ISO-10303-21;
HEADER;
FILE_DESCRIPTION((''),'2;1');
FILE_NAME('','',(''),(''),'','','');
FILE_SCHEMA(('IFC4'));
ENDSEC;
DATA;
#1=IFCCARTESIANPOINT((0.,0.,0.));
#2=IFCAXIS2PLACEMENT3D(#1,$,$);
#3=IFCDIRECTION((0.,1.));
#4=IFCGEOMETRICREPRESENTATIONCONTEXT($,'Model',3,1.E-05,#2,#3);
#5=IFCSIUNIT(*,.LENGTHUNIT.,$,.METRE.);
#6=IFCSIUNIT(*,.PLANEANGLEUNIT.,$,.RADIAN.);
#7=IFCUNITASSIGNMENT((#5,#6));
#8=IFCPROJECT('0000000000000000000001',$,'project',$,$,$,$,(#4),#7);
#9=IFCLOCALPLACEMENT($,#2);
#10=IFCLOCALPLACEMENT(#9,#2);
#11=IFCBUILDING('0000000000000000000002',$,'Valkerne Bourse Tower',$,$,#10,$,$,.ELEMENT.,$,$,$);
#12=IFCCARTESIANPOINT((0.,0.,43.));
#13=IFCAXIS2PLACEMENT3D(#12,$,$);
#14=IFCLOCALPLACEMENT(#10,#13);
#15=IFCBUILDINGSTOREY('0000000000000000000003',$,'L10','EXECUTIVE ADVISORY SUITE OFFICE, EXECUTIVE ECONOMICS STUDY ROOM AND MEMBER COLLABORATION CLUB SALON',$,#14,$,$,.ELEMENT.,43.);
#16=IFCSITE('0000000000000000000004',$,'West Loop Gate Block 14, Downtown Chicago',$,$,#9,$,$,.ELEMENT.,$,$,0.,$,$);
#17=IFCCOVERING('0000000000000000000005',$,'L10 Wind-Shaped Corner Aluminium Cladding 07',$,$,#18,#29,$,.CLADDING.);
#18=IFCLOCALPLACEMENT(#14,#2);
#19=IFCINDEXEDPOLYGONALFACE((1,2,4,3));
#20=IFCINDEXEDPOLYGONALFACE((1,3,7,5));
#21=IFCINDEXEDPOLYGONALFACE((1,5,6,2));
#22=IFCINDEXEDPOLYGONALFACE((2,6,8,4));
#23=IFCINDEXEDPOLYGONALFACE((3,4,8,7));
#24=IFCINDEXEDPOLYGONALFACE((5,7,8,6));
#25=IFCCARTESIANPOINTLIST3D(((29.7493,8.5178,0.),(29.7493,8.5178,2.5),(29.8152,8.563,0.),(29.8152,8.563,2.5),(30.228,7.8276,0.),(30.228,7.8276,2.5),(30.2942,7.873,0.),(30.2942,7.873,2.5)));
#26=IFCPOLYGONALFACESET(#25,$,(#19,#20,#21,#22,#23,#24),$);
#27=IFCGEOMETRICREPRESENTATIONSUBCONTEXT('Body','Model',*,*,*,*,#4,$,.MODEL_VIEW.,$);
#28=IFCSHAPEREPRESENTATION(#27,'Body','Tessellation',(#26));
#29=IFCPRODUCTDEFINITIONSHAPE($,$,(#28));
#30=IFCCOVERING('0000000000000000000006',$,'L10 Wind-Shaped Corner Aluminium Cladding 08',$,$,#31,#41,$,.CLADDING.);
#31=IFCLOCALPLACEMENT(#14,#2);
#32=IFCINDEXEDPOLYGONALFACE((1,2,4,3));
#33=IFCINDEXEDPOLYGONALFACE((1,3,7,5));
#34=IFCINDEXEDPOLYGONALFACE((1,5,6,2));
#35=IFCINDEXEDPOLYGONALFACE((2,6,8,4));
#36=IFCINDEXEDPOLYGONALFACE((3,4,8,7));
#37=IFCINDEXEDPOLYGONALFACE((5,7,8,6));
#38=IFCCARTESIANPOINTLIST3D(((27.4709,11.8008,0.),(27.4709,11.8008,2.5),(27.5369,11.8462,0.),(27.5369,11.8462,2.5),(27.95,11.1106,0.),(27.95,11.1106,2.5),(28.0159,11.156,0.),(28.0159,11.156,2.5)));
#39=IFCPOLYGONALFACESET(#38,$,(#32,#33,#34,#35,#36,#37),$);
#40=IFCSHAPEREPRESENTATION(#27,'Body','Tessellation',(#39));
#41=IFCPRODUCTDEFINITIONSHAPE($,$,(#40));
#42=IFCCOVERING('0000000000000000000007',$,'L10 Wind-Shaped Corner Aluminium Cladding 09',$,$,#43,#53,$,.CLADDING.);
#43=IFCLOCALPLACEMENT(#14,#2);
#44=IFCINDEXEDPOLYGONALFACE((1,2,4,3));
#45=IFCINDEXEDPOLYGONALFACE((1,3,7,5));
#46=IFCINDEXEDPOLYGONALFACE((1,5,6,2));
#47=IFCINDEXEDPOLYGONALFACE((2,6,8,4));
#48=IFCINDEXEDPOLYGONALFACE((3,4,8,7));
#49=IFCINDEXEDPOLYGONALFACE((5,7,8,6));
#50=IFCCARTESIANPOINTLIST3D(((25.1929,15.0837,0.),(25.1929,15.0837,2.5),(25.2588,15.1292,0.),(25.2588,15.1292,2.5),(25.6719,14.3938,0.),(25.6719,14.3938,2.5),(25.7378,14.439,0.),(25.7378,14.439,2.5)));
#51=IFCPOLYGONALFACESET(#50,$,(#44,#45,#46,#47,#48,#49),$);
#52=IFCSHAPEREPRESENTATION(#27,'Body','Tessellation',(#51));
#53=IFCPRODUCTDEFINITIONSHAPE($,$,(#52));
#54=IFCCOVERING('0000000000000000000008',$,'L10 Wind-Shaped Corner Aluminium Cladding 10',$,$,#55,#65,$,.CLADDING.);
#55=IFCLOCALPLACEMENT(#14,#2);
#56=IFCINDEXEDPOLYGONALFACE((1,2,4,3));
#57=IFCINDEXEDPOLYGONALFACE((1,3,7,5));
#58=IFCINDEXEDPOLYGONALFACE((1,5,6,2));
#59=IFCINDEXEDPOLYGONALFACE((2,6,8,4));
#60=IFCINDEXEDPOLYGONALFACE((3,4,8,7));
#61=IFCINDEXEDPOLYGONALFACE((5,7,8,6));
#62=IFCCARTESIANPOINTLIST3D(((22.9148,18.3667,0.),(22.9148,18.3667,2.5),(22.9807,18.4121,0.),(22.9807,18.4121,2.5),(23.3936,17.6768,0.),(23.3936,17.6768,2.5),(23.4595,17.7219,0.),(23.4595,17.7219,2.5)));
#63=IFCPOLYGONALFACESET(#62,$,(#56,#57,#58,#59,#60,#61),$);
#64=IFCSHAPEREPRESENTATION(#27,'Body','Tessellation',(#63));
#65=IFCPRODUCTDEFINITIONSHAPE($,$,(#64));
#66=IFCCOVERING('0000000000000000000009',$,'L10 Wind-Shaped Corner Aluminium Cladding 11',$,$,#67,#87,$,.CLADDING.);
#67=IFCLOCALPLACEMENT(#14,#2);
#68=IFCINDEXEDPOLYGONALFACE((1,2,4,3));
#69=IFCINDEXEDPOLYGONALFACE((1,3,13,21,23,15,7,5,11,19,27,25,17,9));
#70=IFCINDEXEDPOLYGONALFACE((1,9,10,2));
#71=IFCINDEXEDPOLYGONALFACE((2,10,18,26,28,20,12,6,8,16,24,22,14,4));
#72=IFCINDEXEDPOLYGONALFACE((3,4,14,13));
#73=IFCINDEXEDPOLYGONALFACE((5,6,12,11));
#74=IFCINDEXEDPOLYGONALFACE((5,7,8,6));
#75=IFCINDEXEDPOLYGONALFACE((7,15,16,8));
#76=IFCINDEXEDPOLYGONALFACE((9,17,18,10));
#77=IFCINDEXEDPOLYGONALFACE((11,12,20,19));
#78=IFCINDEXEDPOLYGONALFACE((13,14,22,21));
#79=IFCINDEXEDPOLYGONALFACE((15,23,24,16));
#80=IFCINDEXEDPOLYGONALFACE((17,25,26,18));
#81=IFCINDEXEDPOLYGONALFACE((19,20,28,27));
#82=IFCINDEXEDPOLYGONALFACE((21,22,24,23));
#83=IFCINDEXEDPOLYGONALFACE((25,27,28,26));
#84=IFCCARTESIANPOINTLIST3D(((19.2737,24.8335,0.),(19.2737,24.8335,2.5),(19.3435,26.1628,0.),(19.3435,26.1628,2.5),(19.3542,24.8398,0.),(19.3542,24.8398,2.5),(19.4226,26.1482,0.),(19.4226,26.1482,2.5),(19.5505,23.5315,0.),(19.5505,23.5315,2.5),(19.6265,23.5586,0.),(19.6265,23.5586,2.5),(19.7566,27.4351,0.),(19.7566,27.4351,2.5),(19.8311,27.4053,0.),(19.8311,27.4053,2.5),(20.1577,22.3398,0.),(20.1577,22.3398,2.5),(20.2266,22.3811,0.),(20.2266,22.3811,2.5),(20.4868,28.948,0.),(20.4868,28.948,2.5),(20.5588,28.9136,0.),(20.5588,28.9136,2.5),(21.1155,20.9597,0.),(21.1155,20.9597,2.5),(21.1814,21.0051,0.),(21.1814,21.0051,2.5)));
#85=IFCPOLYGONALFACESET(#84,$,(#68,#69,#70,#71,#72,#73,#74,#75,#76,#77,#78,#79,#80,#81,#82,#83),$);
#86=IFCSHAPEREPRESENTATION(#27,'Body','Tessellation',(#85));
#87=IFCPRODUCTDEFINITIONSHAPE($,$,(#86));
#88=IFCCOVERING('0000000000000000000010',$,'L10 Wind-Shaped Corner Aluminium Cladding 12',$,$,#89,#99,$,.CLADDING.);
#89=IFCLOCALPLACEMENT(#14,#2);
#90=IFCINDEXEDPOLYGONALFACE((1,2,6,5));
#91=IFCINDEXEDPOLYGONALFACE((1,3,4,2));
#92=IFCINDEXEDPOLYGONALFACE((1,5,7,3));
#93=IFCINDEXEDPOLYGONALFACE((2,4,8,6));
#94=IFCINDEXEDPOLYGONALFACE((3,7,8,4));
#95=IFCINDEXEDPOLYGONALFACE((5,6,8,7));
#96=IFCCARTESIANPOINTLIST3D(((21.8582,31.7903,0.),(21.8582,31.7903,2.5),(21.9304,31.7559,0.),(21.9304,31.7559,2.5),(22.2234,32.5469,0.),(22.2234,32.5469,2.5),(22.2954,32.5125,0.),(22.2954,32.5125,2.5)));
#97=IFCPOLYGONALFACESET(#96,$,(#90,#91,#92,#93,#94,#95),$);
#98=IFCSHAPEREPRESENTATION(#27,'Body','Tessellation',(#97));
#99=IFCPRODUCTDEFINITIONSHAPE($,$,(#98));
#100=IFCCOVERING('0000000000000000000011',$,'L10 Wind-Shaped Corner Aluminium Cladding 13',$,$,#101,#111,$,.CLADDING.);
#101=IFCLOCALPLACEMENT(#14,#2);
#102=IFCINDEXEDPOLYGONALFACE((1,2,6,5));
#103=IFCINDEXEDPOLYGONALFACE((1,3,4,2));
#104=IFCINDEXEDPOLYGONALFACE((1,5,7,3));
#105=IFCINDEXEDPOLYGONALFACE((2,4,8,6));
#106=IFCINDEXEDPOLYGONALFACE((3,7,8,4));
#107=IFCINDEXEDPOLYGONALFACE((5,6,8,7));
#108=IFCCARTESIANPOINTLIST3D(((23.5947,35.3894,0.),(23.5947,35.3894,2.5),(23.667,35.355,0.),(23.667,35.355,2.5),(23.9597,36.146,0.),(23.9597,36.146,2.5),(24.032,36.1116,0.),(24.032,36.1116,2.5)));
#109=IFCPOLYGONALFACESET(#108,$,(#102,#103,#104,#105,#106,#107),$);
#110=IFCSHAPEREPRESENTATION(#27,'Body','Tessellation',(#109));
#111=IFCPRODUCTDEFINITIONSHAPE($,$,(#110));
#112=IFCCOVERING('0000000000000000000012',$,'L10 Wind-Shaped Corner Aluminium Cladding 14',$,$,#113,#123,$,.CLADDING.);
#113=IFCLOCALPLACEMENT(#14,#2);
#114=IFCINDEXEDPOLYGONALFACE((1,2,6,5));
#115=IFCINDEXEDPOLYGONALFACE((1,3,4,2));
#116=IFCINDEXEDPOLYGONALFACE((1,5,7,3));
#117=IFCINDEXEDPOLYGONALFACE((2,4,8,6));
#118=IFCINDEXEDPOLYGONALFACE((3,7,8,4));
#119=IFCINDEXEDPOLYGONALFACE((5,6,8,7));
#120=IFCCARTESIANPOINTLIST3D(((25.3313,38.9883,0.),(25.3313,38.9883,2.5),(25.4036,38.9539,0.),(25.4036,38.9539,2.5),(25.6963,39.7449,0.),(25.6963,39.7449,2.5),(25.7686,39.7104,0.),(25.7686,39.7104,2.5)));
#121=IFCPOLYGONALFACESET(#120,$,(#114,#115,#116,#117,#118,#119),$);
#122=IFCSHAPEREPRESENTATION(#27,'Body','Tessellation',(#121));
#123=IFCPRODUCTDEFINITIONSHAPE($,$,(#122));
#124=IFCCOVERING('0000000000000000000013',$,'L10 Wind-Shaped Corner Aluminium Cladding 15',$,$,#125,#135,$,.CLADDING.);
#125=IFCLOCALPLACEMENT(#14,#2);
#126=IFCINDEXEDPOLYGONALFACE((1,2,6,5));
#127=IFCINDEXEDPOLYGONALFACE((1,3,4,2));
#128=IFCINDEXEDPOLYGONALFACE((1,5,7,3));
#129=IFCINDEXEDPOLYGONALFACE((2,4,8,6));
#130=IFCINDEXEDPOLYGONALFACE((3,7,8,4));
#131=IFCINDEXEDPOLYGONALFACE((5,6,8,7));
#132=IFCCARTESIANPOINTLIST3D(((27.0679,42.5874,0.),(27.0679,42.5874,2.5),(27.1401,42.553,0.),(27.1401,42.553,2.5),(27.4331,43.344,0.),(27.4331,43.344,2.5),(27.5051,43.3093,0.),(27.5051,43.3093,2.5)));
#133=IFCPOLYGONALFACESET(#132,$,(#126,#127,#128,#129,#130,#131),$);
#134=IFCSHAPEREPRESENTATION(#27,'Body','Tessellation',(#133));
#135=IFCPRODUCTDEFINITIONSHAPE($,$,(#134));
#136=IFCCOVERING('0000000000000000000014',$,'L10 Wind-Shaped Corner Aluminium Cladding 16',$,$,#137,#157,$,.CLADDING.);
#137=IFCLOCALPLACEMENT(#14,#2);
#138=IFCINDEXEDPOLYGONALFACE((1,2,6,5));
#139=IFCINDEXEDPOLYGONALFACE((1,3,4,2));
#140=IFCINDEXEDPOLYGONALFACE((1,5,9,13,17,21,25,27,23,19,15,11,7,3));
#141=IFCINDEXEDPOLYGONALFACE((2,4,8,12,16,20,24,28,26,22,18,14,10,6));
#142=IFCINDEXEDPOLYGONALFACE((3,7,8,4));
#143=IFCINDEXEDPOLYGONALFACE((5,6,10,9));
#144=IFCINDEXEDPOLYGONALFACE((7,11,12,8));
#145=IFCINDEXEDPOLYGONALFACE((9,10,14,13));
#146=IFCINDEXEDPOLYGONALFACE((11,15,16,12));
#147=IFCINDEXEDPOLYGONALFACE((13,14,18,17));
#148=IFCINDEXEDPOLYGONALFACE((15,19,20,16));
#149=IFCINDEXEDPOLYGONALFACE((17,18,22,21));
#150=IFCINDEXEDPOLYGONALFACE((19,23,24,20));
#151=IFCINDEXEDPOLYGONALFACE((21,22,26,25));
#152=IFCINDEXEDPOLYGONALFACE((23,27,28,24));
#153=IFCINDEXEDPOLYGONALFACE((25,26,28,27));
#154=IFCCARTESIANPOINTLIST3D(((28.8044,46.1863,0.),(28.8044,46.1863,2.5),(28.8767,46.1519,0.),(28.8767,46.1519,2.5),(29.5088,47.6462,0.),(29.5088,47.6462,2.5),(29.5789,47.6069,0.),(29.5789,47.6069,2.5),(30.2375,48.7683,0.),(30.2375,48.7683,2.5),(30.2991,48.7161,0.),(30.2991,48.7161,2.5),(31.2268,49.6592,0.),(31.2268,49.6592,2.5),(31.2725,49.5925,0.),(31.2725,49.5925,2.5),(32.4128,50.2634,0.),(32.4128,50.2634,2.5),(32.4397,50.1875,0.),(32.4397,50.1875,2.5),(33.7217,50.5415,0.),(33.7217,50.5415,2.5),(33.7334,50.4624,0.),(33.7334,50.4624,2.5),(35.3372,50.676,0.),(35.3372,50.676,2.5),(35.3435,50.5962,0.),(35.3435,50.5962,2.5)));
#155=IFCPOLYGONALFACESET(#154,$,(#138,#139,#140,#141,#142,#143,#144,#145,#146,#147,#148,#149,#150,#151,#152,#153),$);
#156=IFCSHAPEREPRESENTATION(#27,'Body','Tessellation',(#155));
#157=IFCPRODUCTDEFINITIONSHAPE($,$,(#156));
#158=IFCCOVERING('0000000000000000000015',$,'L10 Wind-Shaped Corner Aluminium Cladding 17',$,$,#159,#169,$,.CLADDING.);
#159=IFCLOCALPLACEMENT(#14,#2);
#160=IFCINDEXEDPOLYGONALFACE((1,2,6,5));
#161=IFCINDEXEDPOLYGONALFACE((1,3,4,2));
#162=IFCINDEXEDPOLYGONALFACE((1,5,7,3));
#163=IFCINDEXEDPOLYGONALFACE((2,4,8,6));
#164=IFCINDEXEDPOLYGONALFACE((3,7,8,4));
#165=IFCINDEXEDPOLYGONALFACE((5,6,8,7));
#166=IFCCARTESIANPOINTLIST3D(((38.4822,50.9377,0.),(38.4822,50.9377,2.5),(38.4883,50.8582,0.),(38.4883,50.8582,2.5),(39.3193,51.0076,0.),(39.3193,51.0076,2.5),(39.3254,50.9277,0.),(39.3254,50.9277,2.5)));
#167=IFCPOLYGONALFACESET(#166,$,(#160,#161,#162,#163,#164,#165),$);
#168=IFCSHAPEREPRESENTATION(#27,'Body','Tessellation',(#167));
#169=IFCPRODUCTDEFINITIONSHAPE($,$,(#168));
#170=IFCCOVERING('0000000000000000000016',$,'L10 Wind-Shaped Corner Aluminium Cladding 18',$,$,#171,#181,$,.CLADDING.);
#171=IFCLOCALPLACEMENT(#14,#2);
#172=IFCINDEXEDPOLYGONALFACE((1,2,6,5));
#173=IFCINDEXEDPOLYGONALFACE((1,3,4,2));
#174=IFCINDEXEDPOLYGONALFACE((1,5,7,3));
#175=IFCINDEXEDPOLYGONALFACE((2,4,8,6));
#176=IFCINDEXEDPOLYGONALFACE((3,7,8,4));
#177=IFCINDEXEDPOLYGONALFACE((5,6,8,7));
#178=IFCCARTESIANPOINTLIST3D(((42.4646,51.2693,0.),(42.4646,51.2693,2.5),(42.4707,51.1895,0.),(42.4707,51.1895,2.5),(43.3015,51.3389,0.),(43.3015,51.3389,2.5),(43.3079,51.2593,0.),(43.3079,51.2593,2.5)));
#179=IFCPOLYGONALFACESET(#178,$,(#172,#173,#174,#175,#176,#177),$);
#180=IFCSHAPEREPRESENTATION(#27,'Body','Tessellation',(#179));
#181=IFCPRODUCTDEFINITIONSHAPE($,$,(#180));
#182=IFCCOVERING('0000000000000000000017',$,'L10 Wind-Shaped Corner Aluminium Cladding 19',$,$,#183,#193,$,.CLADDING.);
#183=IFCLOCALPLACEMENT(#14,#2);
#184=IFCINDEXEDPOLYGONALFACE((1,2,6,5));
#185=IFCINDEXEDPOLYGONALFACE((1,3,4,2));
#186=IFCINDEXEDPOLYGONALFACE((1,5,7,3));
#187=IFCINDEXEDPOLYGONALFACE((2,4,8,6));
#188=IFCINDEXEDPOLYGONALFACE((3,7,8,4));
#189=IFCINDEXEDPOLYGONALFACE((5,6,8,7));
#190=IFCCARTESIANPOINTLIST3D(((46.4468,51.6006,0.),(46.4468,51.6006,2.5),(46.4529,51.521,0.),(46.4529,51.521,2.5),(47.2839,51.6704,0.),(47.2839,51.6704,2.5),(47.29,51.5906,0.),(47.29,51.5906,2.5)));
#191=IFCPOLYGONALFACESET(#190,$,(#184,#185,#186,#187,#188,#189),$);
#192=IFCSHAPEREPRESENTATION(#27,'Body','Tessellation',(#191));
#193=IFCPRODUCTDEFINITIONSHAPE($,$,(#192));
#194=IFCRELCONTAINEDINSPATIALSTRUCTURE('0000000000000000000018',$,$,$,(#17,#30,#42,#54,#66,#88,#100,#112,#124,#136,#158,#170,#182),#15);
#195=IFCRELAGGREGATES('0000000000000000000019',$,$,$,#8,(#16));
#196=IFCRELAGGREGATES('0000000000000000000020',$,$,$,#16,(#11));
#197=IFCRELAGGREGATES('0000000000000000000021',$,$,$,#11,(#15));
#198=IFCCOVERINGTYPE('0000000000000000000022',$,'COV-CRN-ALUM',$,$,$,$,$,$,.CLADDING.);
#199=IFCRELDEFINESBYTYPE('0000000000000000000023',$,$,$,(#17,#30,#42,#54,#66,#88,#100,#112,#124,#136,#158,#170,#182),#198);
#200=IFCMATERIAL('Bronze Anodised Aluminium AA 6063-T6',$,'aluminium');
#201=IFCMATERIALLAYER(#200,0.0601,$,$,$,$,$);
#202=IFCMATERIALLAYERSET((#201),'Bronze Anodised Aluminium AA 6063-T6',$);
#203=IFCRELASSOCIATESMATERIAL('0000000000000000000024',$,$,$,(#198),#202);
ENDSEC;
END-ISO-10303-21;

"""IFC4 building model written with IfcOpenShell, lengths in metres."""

from ifc_helpers import new_model, si_unit, direction, frame, origin, place, context, subcontext, project, spatial, polyline, outline, extrude, material, layer, layer_set, type_object, element, save


model = new_model("IFC4")

# Units and contexts
model_context = context("Model", 3, precision=1e-05, world=origin(), true_north=direction((0.0, 1.0)))
body_context = subcontext(model_context, "Body", "Model", "MODEL_VIEW")
ifc_project = project(units=[si_unit("LENGTHUNIT", "METRE"), si_unit("PLANEANGLEUNIT", "RADIAN")], contexts=[model_context])

# Site, building, storey
site_placement = place(None, origin())
site = spatial("IfcSite", under=ifc_project, at=site_placement, Name="West Loop Gate Block 14, Downtown Chicago", CompositionType="ELEMENT", RefElevation=0.0)
building_placement = place(site_placement, origin())
building = spatial("IfcBuilding", under=site, at=building_placement, Name="Valkerne Bourse Tower", CompositionType="ELEMENT")
storey_placement = place(building_placement, frame((0.0, 0.0, 43.0)))
storey = spatial("IfcBuildingStorey", under=building, at=storey_placement, Name="L10", Description="EXECUTIVE ADVISORY SUITE OFFICE, EXECUTIVE ECONOMICS STUDY ROOM AND MEMBER COLLABORATION CLUB SALON", CompositionType="ELEMENT", Elevation=43.0)

# Coverings
ifc_material_1 = material(Name="Bronze Anodised Aluminium AA 6063-T6", Category="aluminium")
ifc_layer_1 = layer(ifc_material_1, 0.0601)
ifc_layer_set_1 = layer_set([ifc_layer_1], Name="Bronze Anodised Aluminium AA 6063-T6")
covering_type = type_object("IfcCoveringType", Name="COV-CRN-ALUM", PredefinedType="CLADDING", material=ifc_layer_set_1)
covering_1_placement = place(storey_placement, origin())
element("IfcCovering", 1, at=covering_1_placement, inside=storey, type_object=covering_type, Name="L10 Wind-Shaped Corner Aluminium Cladding 07", PredefinedType="CLADDING", context=body_context, shape_type="SweptSolid", body=[
    extrude(outline(polyline([(29.7493, 8.5178), (29.8152, 8.563), (30.2942, 7.873), (30.228, 7.8276), (29.7493, 8.5178)])), origin(), (0.0, 0.0, 1.0), 2.5),
])
covering_2_placement = place(storey_placement, origin())
element("IfcCovering", 2, at=covering_2_placement, inside=storey, type_object=covering_type, Name="L10 Wind-Shaped Corner Aluminium Cladding 08", PredefinedType="CLADDING", context=body_context, shape_type="SweptSolid", body=[
    extrude(outline(polyline([(27.4709, 11.8008), (27.5369, 11.8462), (28.0159, 11.156), (27.95, 11.1106), (27.4709, 11.8008)])), origin(), (0.0, 0.0, 1.0), 2.5),
])
covering_3_placement = place(storey_placement, origin())
element("IfcCovering", 3, at=covering_3_placement, inside=storey, type_object=covering_type, Name="L10 Wind-Shaped Corner Aluminium Cladding 09", PredefinedType="CLADDING", context=body_context, shape_type="SweptSolid", body=[
    extrude(outline(polyline([(25.1929, 15.0837), (25.2588, 15.1292), (25.7378, 14.439), (25.6719, 14.3938), (25.1929, 15.0837)])), origin(), (0.0, 0.0, 1.0), 2.5),
])
covering_4_placement = place(storey_placement, origin())
element("IfcCovering", 4, at=covering_4_placement, inside=storey, type_object=covering_type, Name="L10 Wind-Shaped Corner Aluminium Cladding 10", PredefinedType="CLADDING", context=body_context, shape_type="SweptSolid", body=[
    extrude(outline(polyline([(22.9148, 18.3667), (22.9807, 18.4121), (23.4595, 17.7219), (23.3936, 17.6768), (22.9148, 18.3667)])), origin(), (0.0, 0.0, 1.0), 2.5),
])
covering_5_placement = place(storey_placement, origin())
element("IfcCovering", 5, at=covering_5_placement, inside=storey, type_object=covering_type, Name="L10 Wind-Shaped Corner Aluminium Cladding 11", PredefinedType="CLADDING", context=body_context, shape_type="SweptSolid", body=[
    extrude(outline(polyline([(20.1577, 22.3398), (19.5505, 23.5315), (19.2737, 24.8335), (19.3435, 26.1628), (19.7566, 27.4351), (20.4868, 28.948), (20.5588, 28.9136), (19.8311, 27.4053), (19.4226, 26.1482), (19.3542, 24.8398), (19.6265, 23.5586), (20.2266, 22.3811), (21.1814, 21.0051), (21.1155, 20.9597), (20.1577, 22.3398)])), origin(), (0.0, 0.0, 1.0), 2.5),
])
covering_6_placement = place(storey_placement, origin())
element("IfcCovering", 6, at=covering_6_placement, inside=storey, type_object=covering_type, Name="L10 Wind-Shaped Corner Aluminium Cladding 12", PredefinedType="CLADDING", context=body_context, shape_type="SweptSolid", body=[
    extrude(outline(polyline([(22.2234, 32.5469), (22.2954, 32.5125), (21.9304, 31.7559), (21.8582, 31.7903), (22.2234, 32.5469)])), origin(), (0.0, 0.0, 1.0), 2.5),
])
covering_7_placement = place(storey_placement, origin())
element("IfcCovering", 7, at=covering_7_placement, inside=storey, type_object=covering_type, Name="L10 Wind-Shaped Corner Aluminium Cladding 13", PredefinedType="CLADDING", context=body_context, shape_type="SweptSolid", body=[
    extrude(outline(polyline([(23.9597, 36.146), (24.032, 36.1116), (23.667, 35.355), (23.5947, 35.3894), (23.9597, 36.146)])), origin(), (0.0, 0.0, 1.0), 2.5),
])
covering_8_placement = place(storey_placement, origin())
element("IfcCovering", 8, at=covering_8_placement, inside=storey, type_object=covering_type, Name="L10 Wind-Shaped Corner Aluminium Cladding 14", PredefinedType="CLADDING", context=body_context, shape_type="SweptSolid", body=[
    extrude(outline(polyline([(25.6963, 39.7449), (25.7686, 39.7104), (25.4036, 38.9539), (25.3313, 38.9883), (25.6963, 39.7449)])), origin(), (0.0, 0.0, 1.0), 2.5),
])
covering_9_placement = place(storey_placement, origin())
element("IfcCovering", 9, at=covering_9_placement, inside=storey, type_object=covering_type, Name="L10 Wind-Shaped Corner Aluminium Cladding 15", PredefinedType="CLADDING", context=body_context, shape_type="SweptSolid", body=[
    extrude(outline(polyline([(27.4331, 43.344), (27.5051, 43.3093), (27.1401, 42.553), (27.0679, 42.5874), (27.4331, 43.344)])), origin(), (0.0, 0.0, 1.0), 2.5),
])
covering_10_placement = place(storey_placement, origin())
element("IfcCovering", 10, at=covering_10_placement, inside=storey, type_object=covering_type, Name="L10 Wind-Shaped Corner Aluminium Cladding 16", PredefinedType="CLADDING", context=body_context, shape_type="SweptSolid", body=[
    extrude(outline(polyline([(29.5088, 47.6462), (30.2375, 48.7683), (31.2268, 49.6592), (32.4128, 50.2634), (33.7217, 50.5415), (35.3372, 50.676), (35.3435, 50.5962), (33.7334, 50.4624), (32.4397, 50.1875), (31.2725, 49.5925), (30.2991, 48.7161), (29.5789, 47.6069), (28.8767, 46.1519), (28.8044, 46.1863), (29.5088, 47.6462)])), origin(), (0.0, 0.0, 1.0), 2.5),
])
covering_11_placement = place(storey_placement, origin())
element("IfcCovering", 11, at=covering_11_placement, inside=storey, type_object=covering_type, Name="L10 Wind-Shaped Corner Aluminium Cladding 17", PredefinedType="CLADDING", context=body_context, shape_type="SweptSolid", body=[
    extrude(outline(polyline([(39.3193, 51.0076), (39.3254, 50.9277), (38.4883, 50.8582), (38.4822, 50.9377), (39.3193, 51.0076)])), origin(), (0.0, 0.0, 1.0), 2.5),
])
covering_12_placement = place(storey_placement, origin())
element("IfcCovering", 12, at=covering_12_placement, inside=storey, type_object=covering_type, Name="L10 Wind-Shaped Corner Aluminium Cladding 18", PredefinedType="CLADDING", context=body_context, shape_type="SweptSolid", body=[
    extrude(outline(polyline([(43.3015, 51.3389), (43.3079, 51.2593), (42.4707, 51.1895), (42.4646, 51.2693), (43.3015, 51.3389)])), origin(), (0.0, 0.0, 1.0), 2.5),
])
covering_13_placement = place(storey_placement, origin())
element("IfcCovering", 13, at=covering_13_placement, inside=storey, type_object=covering_type, Name="L10 Wind-Shaped Corner Aluminium Cladding 19", PredefinedType="CLADDING", context=body_context, shape_type="SweptSolid", body=[
    extrude(outline(polyline([(47.2839, 51.6704), (47.29, 51.5906), (46.4529, 51.521), (46.4468, 51.6006), (47.2839, 51.6704)])), origin(), (0.0, 0.0, 1.0), 2.5),
])

save(model, "model.ifc")
